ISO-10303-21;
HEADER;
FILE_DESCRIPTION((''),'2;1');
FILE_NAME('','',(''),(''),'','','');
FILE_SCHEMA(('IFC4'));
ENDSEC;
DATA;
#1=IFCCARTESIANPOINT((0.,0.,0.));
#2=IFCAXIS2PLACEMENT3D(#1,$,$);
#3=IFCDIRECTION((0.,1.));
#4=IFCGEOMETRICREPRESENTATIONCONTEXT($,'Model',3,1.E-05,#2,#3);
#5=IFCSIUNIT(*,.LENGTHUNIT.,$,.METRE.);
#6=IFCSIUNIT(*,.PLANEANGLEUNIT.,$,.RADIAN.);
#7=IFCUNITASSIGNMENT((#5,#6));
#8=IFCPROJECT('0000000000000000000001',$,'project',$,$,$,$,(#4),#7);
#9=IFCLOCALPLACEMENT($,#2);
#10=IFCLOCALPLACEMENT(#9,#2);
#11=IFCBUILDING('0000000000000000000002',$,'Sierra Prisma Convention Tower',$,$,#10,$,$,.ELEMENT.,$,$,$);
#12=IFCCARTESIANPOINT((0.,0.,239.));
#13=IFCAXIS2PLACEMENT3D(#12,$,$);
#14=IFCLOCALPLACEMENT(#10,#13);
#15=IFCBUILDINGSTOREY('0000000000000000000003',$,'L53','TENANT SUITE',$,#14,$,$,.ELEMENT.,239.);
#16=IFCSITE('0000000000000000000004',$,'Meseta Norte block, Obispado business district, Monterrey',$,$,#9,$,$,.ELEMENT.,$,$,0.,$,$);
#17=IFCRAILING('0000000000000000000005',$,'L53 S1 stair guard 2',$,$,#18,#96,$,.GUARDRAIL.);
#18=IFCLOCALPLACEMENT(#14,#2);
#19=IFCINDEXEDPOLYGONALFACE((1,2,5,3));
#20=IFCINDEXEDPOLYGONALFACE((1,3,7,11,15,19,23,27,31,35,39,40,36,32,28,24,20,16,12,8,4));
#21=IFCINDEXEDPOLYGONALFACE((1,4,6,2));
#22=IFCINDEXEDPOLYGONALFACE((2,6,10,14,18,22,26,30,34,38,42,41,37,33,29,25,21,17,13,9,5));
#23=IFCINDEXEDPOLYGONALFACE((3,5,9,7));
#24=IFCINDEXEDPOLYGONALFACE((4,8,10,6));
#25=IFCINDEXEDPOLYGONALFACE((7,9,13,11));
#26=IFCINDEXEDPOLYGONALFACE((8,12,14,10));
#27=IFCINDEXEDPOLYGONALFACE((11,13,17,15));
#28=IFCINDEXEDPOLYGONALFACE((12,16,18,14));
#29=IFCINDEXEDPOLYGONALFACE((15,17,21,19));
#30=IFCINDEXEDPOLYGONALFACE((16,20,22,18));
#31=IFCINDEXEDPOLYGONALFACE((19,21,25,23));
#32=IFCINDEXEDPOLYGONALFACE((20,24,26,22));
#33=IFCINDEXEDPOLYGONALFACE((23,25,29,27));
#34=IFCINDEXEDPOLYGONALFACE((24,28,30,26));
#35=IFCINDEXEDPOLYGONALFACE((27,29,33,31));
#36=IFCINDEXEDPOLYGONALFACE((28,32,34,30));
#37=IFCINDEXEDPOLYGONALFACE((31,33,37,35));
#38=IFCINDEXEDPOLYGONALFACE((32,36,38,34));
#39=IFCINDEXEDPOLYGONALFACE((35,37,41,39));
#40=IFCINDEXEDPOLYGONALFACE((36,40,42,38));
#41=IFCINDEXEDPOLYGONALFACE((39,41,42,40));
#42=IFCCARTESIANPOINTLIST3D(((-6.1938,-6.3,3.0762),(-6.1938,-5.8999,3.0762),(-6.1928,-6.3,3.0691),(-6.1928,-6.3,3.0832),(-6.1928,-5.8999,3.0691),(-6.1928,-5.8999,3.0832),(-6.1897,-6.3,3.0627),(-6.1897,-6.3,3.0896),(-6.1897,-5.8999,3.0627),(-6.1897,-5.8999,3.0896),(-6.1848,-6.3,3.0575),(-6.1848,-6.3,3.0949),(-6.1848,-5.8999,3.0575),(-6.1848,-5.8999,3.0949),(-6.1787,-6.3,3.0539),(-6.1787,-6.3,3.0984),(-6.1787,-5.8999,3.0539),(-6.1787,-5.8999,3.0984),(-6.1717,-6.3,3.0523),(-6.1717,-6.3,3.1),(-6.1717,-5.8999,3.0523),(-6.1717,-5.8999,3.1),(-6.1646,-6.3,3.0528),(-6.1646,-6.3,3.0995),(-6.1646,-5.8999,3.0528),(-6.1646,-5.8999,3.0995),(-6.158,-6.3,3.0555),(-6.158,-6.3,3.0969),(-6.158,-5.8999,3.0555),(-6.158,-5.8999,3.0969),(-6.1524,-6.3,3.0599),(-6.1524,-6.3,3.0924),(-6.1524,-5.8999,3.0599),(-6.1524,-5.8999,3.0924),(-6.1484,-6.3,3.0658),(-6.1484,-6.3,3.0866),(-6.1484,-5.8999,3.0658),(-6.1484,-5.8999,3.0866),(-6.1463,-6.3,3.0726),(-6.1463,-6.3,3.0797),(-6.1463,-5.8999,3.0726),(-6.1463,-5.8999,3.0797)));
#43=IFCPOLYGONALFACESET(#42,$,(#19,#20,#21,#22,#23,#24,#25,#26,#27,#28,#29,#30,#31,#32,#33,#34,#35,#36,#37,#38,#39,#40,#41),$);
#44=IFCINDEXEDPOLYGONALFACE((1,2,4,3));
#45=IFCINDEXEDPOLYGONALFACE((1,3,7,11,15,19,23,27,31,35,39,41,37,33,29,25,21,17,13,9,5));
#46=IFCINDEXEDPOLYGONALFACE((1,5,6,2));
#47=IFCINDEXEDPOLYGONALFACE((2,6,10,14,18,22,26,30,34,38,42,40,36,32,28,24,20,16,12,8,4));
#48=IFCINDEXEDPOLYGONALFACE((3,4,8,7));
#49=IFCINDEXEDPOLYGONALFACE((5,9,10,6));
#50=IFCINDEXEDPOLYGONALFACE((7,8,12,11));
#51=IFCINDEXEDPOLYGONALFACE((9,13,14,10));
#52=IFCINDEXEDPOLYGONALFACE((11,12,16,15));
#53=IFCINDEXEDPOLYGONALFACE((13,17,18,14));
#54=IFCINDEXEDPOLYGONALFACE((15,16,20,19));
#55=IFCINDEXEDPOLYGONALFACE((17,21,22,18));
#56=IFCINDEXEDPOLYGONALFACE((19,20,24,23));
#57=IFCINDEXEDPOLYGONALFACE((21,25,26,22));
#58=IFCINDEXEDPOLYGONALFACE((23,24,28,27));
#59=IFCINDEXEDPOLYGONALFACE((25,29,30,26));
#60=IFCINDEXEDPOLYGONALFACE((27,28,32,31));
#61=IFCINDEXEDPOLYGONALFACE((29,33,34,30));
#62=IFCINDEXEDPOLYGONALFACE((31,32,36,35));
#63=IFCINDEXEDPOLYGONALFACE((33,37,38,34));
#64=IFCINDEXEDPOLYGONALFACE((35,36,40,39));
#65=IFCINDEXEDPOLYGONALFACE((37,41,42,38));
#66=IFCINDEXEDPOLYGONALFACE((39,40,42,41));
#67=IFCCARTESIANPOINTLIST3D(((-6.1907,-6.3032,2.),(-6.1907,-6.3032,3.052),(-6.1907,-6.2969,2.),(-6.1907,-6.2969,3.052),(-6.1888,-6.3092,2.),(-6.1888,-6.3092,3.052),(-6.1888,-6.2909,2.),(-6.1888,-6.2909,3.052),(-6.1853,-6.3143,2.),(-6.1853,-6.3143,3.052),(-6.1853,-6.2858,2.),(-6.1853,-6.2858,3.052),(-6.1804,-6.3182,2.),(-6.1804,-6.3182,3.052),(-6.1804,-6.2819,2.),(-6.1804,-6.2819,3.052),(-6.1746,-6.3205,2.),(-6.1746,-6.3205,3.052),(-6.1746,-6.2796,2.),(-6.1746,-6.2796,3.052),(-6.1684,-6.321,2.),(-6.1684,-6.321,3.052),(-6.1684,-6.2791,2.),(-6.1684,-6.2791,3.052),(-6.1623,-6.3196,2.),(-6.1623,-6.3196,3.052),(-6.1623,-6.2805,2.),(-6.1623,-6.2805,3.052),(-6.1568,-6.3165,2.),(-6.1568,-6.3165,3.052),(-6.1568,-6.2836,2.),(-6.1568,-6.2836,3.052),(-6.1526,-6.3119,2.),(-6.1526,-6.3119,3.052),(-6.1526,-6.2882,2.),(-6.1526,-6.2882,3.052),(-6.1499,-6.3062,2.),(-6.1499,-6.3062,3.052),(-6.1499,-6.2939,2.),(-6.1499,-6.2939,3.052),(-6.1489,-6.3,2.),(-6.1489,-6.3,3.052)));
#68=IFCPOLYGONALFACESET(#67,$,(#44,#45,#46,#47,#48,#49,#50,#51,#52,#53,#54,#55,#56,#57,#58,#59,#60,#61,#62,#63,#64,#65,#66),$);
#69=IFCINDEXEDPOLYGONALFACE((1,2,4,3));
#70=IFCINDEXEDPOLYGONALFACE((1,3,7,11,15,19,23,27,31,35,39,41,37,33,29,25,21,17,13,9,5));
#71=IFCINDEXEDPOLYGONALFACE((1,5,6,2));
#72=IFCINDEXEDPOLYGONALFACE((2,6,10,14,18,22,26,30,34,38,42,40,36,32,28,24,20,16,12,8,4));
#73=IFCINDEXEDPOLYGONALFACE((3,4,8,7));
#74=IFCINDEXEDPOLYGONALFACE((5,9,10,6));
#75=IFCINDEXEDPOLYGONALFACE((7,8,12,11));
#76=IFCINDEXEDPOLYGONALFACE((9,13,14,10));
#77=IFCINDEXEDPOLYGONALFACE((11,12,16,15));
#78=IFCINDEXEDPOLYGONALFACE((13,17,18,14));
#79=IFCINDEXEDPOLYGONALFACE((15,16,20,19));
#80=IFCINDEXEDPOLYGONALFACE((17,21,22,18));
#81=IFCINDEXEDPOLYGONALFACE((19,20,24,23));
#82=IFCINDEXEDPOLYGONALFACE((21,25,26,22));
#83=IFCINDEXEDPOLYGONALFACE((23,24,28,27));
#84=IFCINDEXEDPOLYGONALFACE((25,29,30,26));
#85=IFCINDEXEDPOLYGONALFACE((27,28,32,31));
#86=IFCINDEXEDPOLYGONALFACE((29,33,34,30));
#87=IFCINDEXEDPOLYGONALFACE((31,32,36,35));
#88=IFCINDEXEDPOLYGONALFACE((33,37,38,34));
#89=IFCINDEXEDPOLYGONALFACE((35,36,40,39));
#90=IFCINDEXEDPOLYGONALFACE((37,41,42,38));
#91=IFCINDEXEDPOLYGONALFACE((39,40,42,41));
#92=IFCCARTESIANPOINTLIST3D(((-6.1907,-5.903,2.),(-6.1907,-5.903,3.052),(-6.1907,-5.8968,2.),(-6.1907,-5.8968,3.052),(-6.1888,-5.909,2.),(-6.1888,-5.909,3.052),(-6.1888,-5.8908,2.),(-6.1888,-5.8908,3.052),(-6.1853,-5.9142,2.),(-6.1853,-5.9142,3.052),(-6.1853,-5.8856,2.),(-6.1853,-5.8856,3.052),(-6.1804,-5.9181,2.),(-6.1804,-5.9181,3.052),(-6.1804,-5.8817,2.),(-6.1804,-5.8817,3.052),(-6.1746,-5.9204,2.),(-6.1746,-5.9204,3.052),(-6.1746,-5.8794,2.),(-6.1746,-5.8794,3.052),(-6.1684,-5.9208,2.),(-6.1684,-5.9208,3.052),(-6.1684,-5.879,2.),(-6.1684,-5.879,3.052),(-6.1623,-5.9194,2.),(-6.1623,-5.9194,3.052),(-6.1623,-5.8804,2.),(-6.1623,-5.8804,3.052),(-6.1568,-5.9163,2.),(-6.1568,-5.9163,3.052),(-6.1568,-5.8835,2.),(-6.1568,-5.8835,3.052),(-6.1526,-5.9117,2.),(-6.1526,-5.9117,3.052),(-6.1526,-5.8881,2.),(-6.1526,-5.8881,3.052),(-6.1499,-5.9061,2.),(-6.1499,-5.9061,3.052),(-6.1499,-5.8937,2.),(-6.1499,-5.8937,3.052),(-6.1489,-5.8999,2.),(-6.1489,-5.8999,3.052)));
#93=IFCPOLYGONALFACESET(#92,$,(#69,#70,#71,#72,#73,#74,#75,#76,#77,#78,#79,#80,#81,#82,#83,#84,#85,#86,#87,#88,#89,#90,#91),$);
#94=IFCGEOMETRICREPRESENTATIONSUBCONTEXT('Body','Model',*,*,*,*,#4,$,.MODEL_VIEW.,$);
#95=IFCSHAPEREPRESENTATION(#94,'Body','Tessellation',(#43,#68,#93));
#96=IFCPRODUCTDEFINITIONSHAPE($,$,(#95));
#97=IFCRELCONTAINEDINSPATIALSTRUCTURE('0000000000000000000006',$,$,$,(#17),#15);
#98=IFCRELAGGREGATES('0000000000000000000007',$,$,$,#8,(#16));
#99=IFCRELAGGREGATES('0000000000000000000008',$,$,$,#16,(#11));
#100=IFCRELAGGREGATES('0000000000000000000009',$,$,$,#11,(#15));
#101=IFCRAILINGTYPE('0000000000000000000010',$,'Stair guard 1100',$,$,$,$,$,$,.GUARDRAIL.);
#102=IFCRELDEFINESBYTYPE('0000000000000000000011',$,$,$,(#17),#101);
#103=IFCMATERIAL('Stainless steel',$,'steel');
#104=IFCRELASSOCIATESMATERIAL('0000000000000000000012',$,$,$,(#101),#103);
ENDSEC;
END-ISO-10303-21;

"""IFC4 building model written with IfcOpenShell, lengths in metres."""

from ifc_helpers import new_model, si_unit, direction, frame, origin, origin_2d, place, context, subcontext, project, spatial, circle, extrude, material, type_object, element, save


model = new_model("IFC4")

# Units and contexts
model_context = context("Model", 3, precision=1e-05, world=origin(), true_north=direction((0.0, 1.0)))
body_context = subcontext(model_context, "Body", "Model", "MODEL_VIEW")
ifc_project = project(units=[si_unit("LENGTHUNIT", "METRE"), si_unit("PLANEANGLEUNIT", "RADIAN")], contexts=[model_context])

# Site, building, storey
site_placement = place(None, origin())
site = spatial("IfcSite", under=ifc_project, at=site_placement, Name="Meseta Norte block, Obispado business district, Monterrey", CompositionType="ELEMENT", RefElevation=0.0)
building_placement = place(site_placement, origin())
building = spatial("IfcBuilding", under=site, at=building_placement, Name="Sierra Prisma Convention Tower", CompositionType="ELEMENT")
storey_placement = place(building_placement, frame((0.0, 0.0, 239.0)))
storey = spatial("IfcBuildingStorey", under=building, at=storey_placement, Name="L53", Description="TENANT SUITE", CompositionType="ELEMENT", Elevation=239.0)

# Railing
ifc_material_1 = material(Name="Stainless steel", Category="steel")
railing_type_1 = type_object("IfcRailingType", Name="Stair guard 1100", PredefinedType="GUARDRAIL", material=ifc_material_1)
railing_1_placement = place(storey_placement, frame((-6.1699, -6.3, 2.0)))
element("IfcRailing", 1, at=railing_1_placement, inside=storey, type_object=railing_type_1, Name="L53 S1 stair guard 2", PredefinedType="GUARDRAIL", context=body_context, shape_type="SweptSolid", body=[
    extrude(circle(Radius=0.0239, at=origin_2d()), frame((0.0, 0.0, 1.0762), z_axis=(0.0, 1.0, 0.0), x_axis=(-1.0, 0.0, 0.0)), (0.0, 0.0, 1.0), 0.4001),
    extrude(circle(Radius=0.021, at=origin_2d()), origin(), (0.0, 0.0, 1.0), 1.052),
    extrude(circle(Radius=0.021, at=origin_2d()), frame((0.0, 0.4001, 0.0)), (0.0, 0.0, 1.0), 1.052),
])

save(model, "model.ifc")
